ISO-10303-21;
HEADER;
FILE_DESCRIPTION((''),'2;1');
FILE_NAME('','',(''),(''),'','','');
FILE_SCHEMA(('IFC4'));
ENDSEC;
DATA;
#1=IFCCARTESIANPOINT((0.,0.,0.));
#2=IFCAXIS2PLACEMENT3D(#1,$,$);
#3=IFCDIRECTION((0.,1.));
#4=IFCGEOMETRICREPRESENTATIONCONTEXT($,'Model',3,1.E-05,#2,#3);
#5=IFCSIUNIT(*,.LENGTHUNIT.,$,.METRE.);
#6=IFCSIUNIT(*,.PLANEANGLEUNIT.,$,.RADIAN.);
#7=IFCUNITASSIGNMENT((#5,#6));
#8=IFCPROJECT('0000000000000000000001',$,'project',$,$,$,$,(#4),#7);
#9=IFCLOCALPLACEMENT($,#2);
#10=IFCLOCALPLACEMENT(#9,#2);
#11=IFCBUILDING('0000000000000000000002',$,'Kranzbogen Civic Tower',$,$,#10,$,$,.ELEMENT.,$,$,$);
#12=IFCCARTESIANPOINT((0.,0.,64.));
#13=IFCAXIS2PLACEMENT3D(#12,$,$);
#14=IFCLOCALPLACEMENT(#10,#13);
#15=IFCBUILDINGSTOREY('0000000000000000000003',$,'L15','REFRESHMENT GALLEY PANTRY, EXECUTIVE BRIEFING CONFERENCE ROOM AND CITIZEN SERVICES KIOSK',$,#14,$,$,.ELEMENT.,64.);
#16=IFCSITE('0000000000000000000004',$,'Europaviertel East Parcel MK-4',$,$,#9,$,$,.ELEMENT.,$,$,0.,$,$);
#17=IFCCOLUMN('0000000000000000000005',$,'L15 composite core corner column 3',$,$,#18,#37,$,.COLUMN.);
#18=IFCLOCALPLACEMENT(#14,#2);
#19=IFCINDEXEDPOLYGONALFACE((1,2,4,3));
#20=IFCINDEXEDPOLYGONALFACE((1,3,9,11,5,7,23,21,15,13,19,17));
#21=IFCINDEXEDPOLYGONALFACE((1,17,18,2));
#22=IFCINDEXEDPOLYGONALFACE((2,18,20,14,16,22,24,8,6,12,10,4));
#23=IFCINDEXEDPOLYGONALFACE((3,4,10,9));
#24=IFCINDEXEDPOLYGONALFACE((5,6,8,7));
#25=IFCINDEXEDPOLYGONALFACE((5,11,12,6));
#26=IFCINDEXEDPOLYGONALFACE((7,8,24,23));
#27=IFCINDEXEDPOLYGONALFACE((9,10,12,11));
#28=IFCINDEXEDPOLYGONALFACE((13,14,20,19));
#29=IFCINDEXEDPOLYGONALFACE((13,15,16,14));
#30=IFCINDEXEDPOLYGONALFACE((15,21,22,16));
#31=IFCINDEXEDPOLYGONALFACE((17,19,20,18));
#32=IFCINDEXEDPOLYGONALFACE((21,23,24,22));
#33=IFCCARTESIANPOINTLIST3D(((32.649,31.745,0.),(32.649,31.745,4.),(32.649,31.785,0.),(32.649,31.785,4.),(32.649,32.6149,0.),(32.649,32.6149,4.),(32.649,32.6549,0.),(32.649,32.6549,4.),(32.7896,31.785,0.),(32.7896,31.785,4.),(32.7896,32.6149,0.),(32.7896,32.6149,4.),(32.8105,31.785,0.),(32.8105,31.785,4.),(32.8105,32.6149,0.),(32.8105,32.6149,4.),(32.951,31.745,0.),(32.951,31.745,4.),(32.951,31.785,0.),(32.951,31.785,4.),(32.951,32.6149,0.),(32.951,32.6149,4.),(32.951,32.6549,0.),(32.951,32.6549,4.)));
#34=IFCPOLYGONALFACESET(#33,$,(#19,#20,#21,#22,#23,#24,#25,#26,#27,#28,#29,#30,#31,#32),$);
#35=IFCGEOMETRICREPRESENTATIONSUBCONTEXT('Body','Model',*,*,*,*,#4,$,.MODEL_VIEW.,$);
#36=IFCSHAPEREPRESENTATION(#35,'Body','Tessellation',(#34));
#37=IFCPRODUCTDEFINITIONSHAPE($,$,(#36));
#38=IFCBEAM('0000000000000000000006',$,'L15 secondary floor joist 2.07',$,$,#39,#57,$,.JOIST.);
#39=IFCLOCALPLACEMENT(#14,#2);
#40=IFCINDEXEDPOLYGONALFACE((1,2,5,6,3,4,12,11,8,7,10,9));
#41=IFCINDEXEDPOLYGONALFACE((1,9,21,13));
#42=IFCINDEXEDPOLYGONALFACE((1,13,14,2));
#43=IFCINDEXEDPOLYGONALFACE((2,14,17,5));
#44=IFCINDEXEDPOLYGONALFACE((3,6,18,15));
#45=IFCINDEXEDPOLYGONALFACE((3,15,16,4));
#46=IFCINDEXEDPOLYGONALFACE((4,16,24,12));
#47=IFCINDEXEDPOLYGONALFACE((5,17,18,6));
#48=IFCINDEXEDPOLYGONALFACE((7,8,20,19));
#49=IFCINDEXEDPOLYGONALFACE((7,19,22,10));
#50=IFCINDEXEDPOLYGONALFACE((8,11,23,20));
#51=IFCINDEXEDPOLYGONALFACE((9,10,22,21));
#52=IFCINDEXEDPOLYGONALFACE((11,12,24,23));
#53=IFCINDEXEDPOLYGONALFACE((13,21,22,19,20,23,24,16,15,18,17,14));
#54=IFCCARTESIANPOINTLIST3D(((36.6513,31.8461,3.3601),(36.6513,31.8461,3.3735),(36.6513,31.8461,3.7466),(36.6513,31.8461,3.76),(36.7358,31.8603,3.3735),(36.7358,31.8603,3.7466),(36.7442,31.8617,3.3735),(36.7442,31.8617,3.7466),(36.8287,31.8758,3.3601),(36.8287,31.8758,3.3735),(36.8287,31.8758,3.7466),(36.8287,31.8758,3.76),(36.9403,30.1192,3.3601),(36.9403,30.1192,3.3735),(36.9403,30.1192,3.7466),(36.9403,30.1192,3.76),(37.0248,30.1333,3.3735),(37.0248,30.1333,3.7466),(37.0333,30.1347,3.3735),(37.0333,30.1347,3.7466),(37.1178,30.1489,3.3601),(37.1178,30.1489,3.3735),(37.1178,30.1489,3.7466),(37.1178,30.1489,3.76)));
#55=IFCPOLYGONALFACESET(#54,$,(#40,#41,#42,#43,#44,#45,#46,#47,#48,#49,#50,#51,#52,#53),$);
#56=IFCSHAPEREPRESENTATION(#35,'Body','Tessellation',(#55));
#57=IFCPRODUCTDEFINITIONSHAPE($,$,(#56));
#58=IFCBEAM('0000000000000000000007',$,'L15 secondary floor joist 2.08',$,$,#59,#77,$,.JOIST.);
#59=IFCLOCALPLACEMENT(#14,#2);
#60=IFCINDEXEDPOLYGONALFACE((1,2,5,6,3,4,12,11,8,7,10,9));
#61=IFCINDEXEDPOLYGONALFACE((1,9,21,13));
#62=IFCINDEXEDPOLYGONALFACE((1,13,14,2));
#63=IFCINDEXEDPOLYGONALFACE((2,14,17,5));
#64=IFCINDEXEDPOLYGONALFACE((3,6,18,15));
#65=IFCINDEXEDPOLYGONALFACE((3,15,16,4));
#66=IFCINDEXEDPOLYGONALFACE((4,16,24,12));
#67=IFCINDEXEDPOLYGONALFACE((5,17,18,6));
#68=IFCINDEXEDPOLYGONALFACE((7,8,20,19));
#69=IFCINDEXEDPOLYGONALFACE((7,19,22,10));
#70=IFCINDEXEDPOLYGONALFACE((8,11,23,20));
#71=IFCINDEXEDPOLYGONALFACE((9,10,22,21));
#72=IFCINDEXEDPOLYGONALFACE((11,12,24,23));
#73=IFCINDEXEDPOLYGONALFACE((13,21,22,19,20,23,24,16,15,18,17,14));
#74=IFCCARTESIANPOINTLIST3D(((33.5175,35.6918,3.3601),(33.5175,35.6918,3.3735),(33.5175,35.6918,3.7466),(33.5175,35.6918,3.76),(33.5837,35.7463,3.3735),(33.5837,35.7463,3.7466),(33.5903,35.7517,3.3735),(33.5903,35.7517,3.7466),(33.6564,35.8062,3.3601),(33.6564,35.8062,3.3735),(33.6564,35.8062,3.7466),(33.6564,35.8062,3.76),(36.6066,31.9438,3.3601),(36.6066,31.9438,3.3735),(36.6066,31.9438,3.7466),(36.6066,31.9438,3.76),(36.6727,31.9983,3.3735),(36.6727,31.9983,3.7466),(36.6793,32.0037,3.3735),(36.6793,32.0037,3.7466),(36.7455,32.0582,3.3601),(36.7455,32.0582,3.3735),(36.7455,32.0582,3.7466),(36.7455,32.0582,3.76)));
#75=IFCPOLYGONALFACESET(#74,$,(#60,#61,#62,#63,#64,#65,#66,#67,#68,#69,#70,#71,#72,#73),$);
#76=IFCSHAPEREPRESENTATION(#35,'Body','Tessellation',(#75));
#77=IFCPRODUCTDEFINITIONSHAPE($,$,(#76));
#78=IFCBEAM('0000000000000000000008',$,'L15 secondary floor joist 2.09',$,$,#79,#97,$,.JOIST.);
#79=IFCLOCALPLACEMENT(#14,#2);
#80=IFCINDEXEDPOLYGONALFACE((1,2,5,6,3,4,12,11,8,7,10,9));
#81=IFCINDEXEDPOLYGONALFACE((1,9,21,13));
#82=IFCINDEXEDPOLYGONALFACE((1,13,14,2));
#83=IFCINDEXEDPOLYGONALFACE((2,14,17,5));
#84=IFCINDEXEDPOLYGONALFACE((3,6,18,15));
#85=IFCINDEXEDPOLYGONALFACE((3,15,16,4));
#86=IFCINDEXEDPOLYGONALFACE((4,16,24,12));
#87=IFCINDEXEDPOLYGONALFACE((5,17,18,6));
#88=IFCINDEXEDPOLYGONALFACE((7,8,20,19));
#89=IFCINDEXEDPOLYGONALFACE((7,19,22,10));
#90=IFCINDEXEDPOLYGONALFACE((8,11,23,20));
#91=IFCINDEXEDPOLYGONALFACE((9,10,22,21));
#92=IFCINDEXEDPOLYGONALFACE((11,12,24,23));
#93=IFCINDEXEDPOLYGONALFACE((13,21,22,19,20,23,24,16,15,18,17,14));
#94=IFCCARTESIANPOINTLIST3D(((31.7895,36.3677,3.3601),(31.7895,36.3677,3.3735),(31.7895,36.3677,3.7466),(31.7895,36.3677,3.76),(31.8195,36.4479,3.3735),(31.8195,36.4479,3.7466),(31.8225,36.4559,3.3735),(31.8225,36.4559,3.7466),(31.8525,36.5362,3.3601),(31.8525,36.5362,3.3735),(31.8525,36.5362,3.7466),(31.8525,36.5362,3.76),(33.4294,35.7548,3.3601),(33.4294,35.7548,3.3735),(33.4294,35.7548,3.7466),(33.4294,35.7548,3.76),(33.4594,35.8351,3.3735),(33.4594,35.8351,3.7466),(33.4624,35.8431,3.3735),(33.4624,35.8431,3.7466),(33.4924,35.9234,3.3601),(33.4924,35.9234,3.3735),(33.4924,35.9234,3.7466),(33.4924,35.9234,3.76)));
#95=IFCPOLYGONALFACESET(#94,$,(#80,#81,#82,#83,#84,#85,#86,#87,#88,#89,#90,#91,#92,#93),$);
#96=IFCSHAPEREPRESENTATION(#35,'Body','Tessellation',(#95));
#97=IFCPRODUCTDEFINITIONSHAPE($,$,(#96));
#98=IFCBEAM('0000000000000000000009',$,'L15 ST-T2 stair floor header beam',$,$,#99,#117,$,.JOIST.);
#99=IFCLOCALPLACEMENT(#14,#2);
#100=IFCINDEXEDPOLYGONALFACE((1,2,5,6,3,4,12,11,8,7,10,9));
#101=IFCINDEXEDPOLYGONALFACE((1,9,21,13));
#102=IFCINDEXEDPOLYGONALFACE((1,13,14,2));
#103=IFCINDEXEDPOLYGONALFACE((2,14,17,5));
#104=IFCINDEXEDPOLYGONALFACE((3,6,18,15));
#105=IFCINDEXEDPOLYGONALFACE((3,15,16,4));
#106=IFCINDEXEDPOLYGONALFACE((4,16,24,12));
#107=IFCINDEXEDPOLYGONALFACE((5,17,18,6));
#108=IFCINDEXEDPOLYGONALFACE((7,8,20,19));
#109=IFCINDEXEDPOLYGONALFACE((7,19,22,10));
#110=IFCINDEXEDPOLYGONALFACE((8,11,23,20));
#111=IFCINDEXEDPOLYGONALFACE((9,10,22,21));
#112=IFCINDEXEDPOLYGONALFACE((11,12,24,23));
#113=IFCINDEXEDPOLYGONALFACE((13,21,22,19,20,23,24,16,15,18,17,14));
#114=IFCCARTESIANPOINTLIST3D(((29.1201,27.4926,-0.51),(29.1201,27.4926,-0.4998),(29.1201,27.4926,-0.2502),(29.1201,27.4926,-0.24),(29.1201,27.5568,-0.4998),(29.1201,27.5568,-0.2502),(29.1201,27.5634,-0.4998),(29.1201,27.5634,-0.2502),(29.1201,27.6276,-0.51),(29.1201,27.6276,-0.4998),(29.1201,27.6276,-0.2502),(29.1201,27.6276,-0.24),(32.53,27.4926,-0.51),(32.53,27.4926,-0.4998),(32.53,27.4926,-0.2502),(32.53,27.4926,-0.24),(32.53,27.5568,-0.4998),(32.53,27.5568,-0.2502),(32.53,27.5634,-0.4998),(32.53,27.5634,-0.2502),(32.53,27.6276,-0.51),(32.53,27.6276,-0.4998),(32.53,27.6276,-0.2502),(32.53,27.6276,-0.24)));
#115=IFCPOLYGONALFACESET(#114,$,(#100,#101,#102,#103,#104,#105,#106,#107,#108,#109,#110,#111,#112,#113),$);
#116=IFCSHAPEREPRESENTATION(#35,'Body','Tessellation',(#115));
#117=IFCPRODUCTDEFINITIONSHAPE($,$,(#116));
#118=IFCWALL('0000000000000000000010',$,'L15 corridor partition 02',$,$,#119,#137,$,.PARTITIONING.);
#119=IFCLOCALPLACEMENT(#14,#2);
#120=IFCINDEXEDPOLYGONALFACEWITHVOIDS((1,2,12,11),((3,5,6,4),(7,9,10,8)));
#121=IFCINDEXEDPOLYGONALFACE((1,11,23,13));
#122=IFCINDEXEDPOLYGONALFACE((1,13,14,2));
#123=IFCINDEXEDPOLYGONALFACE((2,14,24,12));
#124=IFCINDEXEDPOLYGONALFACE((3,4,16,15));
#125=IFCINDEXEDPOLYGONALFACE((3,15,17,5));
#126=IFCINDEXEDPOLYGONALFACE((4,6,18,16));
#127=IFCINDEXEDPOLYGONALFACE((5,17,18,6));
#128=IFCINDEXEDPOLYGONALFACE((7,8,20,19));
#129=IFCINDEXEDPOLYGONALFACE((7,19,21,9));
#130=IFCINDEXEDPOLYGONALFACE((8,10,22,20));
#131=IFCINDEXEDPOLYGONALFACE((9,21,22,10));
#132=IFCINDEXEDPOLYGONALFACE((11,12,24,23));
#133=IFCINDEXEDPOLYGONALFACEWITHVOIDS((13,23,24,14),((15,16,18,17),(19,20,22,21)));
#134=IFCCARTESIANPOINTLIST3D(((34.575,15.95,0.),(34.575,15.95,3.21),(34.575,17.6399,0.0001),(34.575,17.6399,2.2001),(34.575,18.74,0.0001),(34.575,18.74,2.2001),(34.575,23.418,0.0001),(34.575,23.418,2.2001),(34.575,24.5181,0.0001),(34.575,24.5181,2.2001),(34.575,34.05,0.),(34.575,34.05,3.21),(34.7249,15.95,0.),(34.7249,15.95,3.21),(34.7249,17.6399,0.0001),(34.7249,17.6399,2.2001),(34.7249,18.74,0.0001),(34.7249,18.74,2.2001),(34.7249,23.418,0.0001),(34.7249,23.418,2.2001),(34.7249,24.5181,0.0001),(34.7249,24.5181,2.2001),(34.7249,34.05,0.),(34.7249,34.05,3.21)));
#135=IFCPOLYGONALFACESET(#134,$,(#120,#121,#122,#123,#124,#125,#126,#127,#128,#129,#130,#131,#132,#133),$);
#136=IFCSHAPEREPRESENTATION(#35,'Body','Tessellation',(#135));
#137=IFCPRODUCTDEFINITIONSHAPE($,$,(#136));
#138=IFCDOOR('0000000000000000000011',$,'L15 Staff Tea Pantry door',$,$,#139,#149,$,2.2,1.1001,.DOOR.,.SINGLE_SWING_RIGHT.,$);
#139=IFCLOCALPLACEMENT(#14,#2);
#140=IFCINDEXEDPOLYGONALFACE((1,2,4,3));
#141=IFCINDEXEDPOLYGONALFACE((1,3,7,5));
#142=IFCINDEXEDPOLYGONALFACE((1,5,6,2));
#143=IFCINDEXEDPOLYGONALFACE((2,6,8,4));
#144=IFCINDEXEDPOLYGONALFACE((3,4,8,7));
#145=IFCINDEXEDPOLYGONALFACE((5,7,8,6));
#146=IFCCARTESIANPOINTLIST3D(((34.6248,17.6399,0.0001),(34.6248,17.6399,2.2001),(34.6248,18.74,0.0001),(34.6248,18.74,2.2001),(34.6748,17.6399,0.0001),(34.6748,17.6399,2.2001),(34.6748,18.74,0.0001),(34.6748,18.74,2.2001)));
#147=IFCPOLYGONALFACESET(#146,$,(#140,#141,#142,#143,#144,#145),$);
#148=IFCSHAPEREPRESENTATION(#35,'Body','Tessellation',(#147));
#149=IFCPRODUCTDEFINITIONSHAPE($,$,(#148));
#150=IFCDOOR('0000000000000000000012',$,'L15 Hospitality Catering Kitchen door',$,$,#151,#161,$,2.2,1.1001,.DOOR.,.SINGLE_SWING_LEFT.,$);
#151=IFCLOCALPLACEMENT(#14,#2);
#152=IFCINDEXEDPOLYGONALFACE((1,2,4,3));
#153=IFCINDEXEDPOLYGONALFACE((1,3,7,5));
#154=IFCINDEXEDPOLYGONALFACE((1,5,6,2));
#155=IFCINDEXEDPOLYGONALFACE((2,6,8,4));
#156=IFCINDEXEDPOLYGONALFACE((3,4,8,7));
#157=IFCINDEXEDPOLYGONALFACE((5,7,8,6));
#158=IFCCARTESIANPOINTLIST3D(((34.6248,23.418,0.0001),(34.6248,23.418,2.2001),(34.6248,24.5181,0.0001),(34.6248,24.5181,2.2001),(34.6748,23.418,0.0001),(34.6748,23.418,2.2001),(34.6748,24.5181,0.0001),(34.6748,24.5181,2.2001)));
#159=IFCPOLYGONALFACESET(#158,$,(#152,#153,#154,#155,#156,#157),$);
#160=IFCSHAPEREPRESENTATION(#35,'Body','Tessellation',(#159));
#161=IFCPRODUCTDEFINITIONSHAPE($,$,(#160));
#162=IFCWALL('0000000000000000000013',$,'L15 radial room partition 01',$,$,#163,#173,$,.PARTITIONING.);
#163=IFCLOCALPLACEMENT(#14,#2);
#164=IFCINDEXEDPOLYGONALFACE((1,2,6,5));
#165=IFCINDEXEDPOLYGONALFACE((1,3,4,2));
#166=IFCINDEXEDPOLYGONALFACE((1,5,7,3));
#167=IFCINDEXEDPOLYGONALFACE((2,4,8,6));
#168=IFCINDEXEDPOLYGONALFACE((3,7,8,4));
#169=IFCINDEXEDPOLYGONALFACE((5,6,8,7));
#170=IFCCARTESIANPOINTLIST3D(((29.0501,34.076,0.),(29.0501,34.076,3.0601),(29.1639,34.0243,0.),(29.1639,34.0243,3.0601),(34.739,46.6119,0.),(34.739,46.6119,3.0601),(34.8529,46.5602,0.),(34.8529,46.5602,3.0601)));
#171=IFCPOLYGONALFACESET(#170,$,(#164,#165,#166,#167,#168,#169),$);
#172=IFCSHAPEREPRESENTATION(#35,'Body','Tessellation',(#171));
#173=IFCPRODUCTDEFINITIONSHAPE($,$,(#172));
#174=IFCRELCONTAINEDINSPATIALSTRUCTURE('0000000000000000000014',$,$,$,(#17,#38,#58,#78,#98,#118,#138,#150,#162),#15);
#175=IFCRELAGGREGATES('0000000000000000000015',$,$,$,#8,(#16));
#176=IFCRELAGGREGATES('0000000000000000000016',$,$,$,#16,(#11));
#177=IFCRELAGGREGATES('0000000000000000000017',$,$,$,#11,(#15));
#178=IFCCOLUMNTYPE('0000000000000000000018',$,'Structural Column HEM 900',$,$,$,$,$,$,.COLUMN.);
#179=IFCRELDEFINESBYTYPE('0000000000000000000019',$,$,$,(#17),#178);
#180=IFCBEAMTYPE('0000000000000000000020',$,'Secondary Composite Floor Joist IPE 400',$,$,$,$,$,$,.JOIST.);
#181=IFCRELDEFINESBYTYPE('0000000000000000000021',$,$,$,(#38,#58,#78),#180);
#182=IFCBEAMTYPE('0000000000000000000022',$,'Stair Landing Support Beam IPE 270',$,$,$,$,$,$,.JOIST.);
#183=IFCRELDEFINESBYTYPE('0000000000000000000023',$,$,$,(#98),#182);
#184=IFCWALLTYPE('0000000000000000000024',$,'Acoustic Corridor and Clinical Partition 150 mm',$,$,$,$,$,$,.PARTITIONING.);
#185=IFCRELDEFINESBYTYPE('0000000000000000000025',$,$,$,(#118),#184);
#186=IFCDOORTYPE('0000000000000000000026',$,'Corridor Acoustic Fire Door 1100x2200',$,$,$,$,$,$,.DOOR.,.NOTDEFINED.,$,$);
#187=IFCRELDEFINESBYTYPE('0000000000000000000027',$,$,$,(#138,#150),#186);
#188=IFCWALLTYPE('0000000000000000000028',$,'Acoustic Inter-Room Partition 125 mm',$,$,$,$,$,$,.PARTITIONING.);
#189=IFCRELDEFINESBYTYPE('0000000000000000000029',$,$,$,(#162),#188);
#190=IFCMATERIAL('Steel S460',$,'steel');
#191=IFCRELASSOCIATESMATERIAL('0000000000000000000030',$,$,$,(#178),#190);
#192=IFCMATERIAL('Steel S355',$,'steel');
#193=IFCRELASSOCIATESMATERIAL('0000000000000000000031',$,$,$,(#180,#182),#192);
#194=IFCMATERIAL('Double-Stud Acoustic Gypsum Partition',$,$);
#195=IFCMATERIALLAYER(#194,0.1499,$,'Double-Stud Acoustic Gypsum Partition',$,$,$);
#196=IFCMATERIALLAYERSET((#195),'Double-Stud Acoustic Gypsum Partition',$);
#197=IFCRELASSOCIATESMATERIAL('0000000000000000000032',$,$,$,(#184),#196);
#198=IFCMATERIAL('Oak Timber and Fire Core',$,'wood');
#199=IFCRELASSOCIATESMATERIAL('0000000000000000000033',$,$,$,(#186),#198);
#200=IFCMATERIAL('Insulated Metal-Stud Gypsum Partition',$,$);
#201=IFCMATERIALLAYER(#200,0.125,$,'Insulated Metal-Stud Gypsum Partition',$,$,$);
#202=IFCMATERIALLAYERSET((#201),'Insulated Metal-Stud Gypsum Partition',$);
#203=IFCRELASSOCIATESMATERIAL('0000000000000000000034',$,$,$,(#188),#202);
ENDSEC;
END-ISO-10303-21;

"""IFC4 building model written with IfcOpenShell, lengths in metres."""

from ifc_helpers import new_model, si_unit, direction, frame, frame_2d, origin, origin_2d, place, context, subcontext, project, spatial, rectangle, i_section, extrude, material, layer, layer_set, material_profile, profile_set, type_object, element, fill, save


model = new_model("IFC4")

# Units and contexts
model_context = context("Model", 3, precision=1e-05, world=origin(), true_north=direction((0.0, 1.0)))
body_context = subcontext(model_context, "Body", "Model", "MODEL_VIEW")
ifc_project = project(units=[si_unit("LENGTHUNIT", "METRE"), si_unit("PLANEANGLEUNIT", "RADIAN")], contexts=[model_context])

# Site, building, storey
site_placement = place(None, origin())
site = spatial("IfcSite", under=ifc_project, at=site_placement, Name="Europaviertel East Parcel MK-4", CompositionType="ELEMENT", RefElevation=0.0)
building_placement = place(site_placement, origin())
building = spatial("IfcBuilding", under=site, at=building_placement, Name="Kranzbogen Civic Tower", CompositionType="ELEMENT")
storey_placement = place(building_placement, frame((0.0, 0.0, 64.0)))
storey = spatial("IfcBuildingStorey", under=building, at=storey_placement, Name="L15", Description="REFRESHMENT GALLEY PANTRY, EXECUTIVE BRIEFING CONFERENCE ROOM AND CITIZEN SERVICES KIOSK", CompositionType="ELEMENT", Elevation=64.0)

# Column
ifc_material_1 = material(Name="Steel S460", Category="steel")
ifc_material_profile_1 = material_profile(ifc_material_1, i_section(OverallWidth=0.302, OverallDepth=0.9099, WebThickness=0.021, FlangeThickness=0.04, at=origin_2d()), Name="HEM 900")
ifc_profile_set_1 = profile_set([ifc_material_profile_1], Name="Steel S460")
column_type = type_object("IfcColumnType", Name="Structural Column HEM 900", PredefinedType="COLUMN", material=ifc_profile_set_1)
column_placement = place(storey_placement, frame((32.8, 32.2, 0.0), z_axis=(0.0, 0.0, 1.0), x_axis=(1.0, 0.0, 0.0)))
element("IfcColumn", 1, at=column_placement, inside=storey, type_object=column_type, Name="L15 composite core corner column 3", PredefinedType="COLUMN", context=body_context, shape_type="SweptSolid", body=[
    extrude(i_section(OverallWidth=0.302, OverallDepth=0.9099, WebThickness=0.021, FlangeThickness=0.04, at=origin_2d()), origin(), (0.0, 0.0, 1.0), 4.0),
])

# Beams
ifc_material_2 = material(Name="Steel S355", Category="steel")
ifc_material_profile_2 = material_profile(ifc_material_2, i_section(OverallWidth=0.1799, OverallDepth=0.3999, WebThickness=0.0085, FlangeThickness=0.0134, at=origin_2d()), Name="IPE 400")
ifc_profile_set_2 = profile_set([ifc_material_profile_2], Name="Steel S355")
beam_type_1 = type_object("IfcBeamType", Name="Secondary Composite Floor Joist IPE 400", PredefinedType="JOIST", material=ifc_profile_set_2)
beam_1_placement = place(storey_placement, frame((37.0291, 30.134, 3.5601), z_axis=(-0.165077, 0.986281, 0.0), x_axis=(-0.986281, -0.165077, 0.0)))
element("IfcBeam", 2, at=beam_1_placement, inside=storey, type_object=beam_type_1, Name="L15 secondary floor joist 2.07", PredefinedType="JOIST", context=body_context, shape_type="SweptSolid", body=[
    extrude(i_section(OverallWidth=0.1799, OverallDepth=0.3999, WebThickness=0.0085, FlangeThickness=0.0134, at=origin_2d()), origin(), (0.0, 0.0, 1.0), 1.751),
])
beam_2_placement = place(storey_placement, frame((36.676, 32.001, 3.5601), z_axis=(-0.636012, 0.771679, 0.0), x_axis=(-0.771679, -0.636012, 0.0)))
element("IfcBeam", 3, at=beam_2_placement, inside=storey, type_object=beam_type_1, Name="L15 secondary floor joist 2.08", PredefinedType="JOIST", context=body_context, shape_type="SweptSolid", body=[
    extrude(i_section(OverallWidth=0.1799, OverallDepth=0.3999, WebThickness=0.0085, FlangeThickness=0.0134, at=origin_2d()), origin(), (0.0, 0.0, 1.0), 4.8569),
])
beam_3_placement = place(storey_placement, frame((33.4609, 35.8391, 3.5601), z_axis=(-0.936735, 0.350038, 0.0), x_axis=(-0.350038, -0.936735, 0.0)))
element("IfcBeam", 4, at=beam_3_placement, inside=storey, type_object=beam_type_1, Name="L15 secondary floor joist 2.09", PredefinedType="JOIST", context=body_context, shape_type="SweptSolid", body=[
    extrude(i_section(OverallWidth=0.1799, OverallDepth=0.3999, WebThickness=0.0085, FlangeThickness=0.0134, at=origin_2d()), origin(), (0.0, 0.0, 1.0), 1.7507),
])
ifc_material_profile_3 = material_profile(ifc_material_2, i_section(OverallWidth=0.135, OverallDepth=0.27, WebThickness=0.0066, FlangeThickness=0.0103, at=origin_2d()), Name="IPE 270")
ifc_profile_set_3 = profile_set([ifc_material_profile_3], Name="Steel S355")
beam_type_2 = type_object("IfcBeamType", Name="Stair Landing Support Beam IPE 270", PredefinedType="JOIST", material=ifc_profile_set_3)
beam_4_placement = place(storey_placement, frame((29.1201, 27.5601, -0.375), z_axis=(1.0, 0.0, 0.0), x_axis=(0.0, 1.0, 0.0)))
element("IfcBeam", 5, at=beam_4_placement, inside=storey, type_object=beam_type_2, Name="L15 ST-T2 stair floor header beam", PredefinedType="JOIST", context=body_context, shape_type="SweptSolid", body=[
    extrude(i_section(OverallWidth=0.135, OverallDepth=0.27, WebThickness=0.0066, FlangeThickness=0.0103, at=origin_2d()), origin(), (0.0, 0.0, 1.0), 3.4099),
])

# Wall, openings, doors
ifc_material_3 = material(Name="Double-Stud Acoustic Gypsum Partition")
ifc_layer_1 = layer(ifc_material_3, 0.1499, Name="Double-Stud Acoustic Gypsum Partition")
ifc_layer_set_1 = layer_set([ifc_layer_1], Name="Double-Stud Acoustic Gypsum Partition")
wall_type_1 = type_object("IfcWallType", Name="Acoustic Corridor and Clinical Partition 150 mm", PredefinedType="PARTITIONING", material=ifc_layer_set_1)
wall_1_placement = place(storey_placement, frame((34.6499, 34.05, 0.0), z_axis=(0.0, 0.0, 1.0), x_axis=(0.0, -1.0, 0.0)))
wall_1 = element("IfcWall", 6, at=wall_1_placement, inside=storey, type_object=wall_type_1, Name="L15 corridor partition 02", PredefinedType="PARTITIONING", context=body_context, shape_type="SweptSolid", body=[
    extrude(rectangle(XDim=18.1001, YDim=0.1499, at=frame_2d((9.05, 0.0))), origin(), (0.0, 0.0, 1.0), 3.21),
])
opening_1_placement = place(wall_1_placement, frame((15.3101, 0.0, 0.0)))
opening_1 = element("IfcOpeningElement", 7, at=opening_1_placement, cuts=wall_1, PredefinedType="OPENING", context=body_context, shape_type="SweptSolid", body=[
    extrude(rectangle(XDim=1.1001, YDim=2.2, at=frame_2d((0.55, 1.1001))), frame((0.0, 0.085, 0.0), z_axis=(0.0, -1.0, 0.0), x_axis=(1.0, 0.0, 0.0)), (0.0, 0.0, 1.0), 0.1699),
])
opening_2_placement = place(wall_1_placement, frame((9.532, 0.0, 0.0)))
opening_2 = element("IfcOpeningElement", 8, at=opening_2_placement, cuts=wall_1, PredefinedType="OPENING", context=body_context, shape_type="SweptSolid", body=[
    extrude(rectangle(XDim=1.1001, YDim=2.2, at=frame_2d((0.55, 1.1001))), frame((0.0, 0.085, 0.0), z_axis=(0.0, -1.0, 0.0), x_axis=(1.0, 0.0, 0.0)), (0.0, 0.0, 1.0), 0.1699),
])
ifc_material_4 = material(Name="Oak Timber and Fire Core", Category="wood")
door_type_1 = type_object("IfcDoorType", Name="Corridor Acoustic Fire Door 1100x2200", OperationType="NOTDEFINED", PredefinedType="DOOR", material=ifc_material_4)
door_1_placement = place(opening_1_placement, origin())
door_1 = element("IfcDoor", 9, at=door_1_placement, inside=storey, type_object=door_type_1, Name="L15 Staff Tea Pantry door", OperationType="SINGLE_SWING_RIGHT", OverallHeight=2.2, OverallWidth=1.1001, PredefinedType="DOOR", context=body_context, shape_type="SweptSolid", body=[
    extrude(rectangle(XDim=1.1001, YDim=2.2, at=frame_2d((0.55, 1.1001))), frame((0.0, 0.0249, 0.0), z_axis=(0.0, -1.0, 0.0), x_axis=(1.0, 0.0, 0.0)), (0.0, 0.0, 1.0), 0.05),
])
fill(opening_1, door_1)
door_2_placement = place(opening_2_placement, origin())
door_2 = element("IfcDoor", 10, at=door_2_placement, inside=storey, type_object=door_type_1, Name="L15 Hospitality Catering Kitchen door", OperationType="SINGLE_SWING_LEFT", OverallHeight=2.2, OverallWidth=1.1001, PredefinedType="DOOR", context=body_context, shape_type="SweptSolid", body=[
    extrude(rectangle(XDim=1.1001, YDim=2.2, at=frame_2d((0.55, 1.1001))), frame((0.0, 0.0249, 0.0), z_axis=(0.0, -1.0, 0.0), x_axis=(1.0, 0.0, 0.0)), (0.0, 0.0, 1.0), 0.05),
])
fill(opening_2, door_2)

# Wall
ifc_material_5 = material(Name="Insulated Metal-Stud Gypsum Partition")
ifc_layer_2 = layer(ifc_material_5, 0.125, Name="Insulated Metal-Stud Gypsum Partition")
ifc_layer_set_2 = layer_set([ifc_layer_2], Name="Insulated Metal-Stud Gypsum Partition")
wall_type_2 = type_object("IfcWallType", Name="Acoustic Inter-Room Partition 125 mm", PredefinedType="PARTITIONING", material=ifc_layer_set_2)
wall_2_placement = place(storey_placement, frame((29.1069, 34.05, 0.0), z_axis=(0.0, 0.0, 1.0), x_axis=(0.413251, 0.910617, 0.0)))
element("IfcWall", 11, at=wall_2_placement, inside=storey, type_object=wall_type_2, Name="L15 radial room partition 01", PredefinedType="PARTITIONING", context=body_context, shape_type="SweptSolid", body=[
    extrude(rectangle(XDim=13.7664, YDim=0.125, at=frame_2d((6.8833, 0.0))), origin(), (0.0, 0.0, 1.0), 3.0601),
])

save(model, "model.ifc")
